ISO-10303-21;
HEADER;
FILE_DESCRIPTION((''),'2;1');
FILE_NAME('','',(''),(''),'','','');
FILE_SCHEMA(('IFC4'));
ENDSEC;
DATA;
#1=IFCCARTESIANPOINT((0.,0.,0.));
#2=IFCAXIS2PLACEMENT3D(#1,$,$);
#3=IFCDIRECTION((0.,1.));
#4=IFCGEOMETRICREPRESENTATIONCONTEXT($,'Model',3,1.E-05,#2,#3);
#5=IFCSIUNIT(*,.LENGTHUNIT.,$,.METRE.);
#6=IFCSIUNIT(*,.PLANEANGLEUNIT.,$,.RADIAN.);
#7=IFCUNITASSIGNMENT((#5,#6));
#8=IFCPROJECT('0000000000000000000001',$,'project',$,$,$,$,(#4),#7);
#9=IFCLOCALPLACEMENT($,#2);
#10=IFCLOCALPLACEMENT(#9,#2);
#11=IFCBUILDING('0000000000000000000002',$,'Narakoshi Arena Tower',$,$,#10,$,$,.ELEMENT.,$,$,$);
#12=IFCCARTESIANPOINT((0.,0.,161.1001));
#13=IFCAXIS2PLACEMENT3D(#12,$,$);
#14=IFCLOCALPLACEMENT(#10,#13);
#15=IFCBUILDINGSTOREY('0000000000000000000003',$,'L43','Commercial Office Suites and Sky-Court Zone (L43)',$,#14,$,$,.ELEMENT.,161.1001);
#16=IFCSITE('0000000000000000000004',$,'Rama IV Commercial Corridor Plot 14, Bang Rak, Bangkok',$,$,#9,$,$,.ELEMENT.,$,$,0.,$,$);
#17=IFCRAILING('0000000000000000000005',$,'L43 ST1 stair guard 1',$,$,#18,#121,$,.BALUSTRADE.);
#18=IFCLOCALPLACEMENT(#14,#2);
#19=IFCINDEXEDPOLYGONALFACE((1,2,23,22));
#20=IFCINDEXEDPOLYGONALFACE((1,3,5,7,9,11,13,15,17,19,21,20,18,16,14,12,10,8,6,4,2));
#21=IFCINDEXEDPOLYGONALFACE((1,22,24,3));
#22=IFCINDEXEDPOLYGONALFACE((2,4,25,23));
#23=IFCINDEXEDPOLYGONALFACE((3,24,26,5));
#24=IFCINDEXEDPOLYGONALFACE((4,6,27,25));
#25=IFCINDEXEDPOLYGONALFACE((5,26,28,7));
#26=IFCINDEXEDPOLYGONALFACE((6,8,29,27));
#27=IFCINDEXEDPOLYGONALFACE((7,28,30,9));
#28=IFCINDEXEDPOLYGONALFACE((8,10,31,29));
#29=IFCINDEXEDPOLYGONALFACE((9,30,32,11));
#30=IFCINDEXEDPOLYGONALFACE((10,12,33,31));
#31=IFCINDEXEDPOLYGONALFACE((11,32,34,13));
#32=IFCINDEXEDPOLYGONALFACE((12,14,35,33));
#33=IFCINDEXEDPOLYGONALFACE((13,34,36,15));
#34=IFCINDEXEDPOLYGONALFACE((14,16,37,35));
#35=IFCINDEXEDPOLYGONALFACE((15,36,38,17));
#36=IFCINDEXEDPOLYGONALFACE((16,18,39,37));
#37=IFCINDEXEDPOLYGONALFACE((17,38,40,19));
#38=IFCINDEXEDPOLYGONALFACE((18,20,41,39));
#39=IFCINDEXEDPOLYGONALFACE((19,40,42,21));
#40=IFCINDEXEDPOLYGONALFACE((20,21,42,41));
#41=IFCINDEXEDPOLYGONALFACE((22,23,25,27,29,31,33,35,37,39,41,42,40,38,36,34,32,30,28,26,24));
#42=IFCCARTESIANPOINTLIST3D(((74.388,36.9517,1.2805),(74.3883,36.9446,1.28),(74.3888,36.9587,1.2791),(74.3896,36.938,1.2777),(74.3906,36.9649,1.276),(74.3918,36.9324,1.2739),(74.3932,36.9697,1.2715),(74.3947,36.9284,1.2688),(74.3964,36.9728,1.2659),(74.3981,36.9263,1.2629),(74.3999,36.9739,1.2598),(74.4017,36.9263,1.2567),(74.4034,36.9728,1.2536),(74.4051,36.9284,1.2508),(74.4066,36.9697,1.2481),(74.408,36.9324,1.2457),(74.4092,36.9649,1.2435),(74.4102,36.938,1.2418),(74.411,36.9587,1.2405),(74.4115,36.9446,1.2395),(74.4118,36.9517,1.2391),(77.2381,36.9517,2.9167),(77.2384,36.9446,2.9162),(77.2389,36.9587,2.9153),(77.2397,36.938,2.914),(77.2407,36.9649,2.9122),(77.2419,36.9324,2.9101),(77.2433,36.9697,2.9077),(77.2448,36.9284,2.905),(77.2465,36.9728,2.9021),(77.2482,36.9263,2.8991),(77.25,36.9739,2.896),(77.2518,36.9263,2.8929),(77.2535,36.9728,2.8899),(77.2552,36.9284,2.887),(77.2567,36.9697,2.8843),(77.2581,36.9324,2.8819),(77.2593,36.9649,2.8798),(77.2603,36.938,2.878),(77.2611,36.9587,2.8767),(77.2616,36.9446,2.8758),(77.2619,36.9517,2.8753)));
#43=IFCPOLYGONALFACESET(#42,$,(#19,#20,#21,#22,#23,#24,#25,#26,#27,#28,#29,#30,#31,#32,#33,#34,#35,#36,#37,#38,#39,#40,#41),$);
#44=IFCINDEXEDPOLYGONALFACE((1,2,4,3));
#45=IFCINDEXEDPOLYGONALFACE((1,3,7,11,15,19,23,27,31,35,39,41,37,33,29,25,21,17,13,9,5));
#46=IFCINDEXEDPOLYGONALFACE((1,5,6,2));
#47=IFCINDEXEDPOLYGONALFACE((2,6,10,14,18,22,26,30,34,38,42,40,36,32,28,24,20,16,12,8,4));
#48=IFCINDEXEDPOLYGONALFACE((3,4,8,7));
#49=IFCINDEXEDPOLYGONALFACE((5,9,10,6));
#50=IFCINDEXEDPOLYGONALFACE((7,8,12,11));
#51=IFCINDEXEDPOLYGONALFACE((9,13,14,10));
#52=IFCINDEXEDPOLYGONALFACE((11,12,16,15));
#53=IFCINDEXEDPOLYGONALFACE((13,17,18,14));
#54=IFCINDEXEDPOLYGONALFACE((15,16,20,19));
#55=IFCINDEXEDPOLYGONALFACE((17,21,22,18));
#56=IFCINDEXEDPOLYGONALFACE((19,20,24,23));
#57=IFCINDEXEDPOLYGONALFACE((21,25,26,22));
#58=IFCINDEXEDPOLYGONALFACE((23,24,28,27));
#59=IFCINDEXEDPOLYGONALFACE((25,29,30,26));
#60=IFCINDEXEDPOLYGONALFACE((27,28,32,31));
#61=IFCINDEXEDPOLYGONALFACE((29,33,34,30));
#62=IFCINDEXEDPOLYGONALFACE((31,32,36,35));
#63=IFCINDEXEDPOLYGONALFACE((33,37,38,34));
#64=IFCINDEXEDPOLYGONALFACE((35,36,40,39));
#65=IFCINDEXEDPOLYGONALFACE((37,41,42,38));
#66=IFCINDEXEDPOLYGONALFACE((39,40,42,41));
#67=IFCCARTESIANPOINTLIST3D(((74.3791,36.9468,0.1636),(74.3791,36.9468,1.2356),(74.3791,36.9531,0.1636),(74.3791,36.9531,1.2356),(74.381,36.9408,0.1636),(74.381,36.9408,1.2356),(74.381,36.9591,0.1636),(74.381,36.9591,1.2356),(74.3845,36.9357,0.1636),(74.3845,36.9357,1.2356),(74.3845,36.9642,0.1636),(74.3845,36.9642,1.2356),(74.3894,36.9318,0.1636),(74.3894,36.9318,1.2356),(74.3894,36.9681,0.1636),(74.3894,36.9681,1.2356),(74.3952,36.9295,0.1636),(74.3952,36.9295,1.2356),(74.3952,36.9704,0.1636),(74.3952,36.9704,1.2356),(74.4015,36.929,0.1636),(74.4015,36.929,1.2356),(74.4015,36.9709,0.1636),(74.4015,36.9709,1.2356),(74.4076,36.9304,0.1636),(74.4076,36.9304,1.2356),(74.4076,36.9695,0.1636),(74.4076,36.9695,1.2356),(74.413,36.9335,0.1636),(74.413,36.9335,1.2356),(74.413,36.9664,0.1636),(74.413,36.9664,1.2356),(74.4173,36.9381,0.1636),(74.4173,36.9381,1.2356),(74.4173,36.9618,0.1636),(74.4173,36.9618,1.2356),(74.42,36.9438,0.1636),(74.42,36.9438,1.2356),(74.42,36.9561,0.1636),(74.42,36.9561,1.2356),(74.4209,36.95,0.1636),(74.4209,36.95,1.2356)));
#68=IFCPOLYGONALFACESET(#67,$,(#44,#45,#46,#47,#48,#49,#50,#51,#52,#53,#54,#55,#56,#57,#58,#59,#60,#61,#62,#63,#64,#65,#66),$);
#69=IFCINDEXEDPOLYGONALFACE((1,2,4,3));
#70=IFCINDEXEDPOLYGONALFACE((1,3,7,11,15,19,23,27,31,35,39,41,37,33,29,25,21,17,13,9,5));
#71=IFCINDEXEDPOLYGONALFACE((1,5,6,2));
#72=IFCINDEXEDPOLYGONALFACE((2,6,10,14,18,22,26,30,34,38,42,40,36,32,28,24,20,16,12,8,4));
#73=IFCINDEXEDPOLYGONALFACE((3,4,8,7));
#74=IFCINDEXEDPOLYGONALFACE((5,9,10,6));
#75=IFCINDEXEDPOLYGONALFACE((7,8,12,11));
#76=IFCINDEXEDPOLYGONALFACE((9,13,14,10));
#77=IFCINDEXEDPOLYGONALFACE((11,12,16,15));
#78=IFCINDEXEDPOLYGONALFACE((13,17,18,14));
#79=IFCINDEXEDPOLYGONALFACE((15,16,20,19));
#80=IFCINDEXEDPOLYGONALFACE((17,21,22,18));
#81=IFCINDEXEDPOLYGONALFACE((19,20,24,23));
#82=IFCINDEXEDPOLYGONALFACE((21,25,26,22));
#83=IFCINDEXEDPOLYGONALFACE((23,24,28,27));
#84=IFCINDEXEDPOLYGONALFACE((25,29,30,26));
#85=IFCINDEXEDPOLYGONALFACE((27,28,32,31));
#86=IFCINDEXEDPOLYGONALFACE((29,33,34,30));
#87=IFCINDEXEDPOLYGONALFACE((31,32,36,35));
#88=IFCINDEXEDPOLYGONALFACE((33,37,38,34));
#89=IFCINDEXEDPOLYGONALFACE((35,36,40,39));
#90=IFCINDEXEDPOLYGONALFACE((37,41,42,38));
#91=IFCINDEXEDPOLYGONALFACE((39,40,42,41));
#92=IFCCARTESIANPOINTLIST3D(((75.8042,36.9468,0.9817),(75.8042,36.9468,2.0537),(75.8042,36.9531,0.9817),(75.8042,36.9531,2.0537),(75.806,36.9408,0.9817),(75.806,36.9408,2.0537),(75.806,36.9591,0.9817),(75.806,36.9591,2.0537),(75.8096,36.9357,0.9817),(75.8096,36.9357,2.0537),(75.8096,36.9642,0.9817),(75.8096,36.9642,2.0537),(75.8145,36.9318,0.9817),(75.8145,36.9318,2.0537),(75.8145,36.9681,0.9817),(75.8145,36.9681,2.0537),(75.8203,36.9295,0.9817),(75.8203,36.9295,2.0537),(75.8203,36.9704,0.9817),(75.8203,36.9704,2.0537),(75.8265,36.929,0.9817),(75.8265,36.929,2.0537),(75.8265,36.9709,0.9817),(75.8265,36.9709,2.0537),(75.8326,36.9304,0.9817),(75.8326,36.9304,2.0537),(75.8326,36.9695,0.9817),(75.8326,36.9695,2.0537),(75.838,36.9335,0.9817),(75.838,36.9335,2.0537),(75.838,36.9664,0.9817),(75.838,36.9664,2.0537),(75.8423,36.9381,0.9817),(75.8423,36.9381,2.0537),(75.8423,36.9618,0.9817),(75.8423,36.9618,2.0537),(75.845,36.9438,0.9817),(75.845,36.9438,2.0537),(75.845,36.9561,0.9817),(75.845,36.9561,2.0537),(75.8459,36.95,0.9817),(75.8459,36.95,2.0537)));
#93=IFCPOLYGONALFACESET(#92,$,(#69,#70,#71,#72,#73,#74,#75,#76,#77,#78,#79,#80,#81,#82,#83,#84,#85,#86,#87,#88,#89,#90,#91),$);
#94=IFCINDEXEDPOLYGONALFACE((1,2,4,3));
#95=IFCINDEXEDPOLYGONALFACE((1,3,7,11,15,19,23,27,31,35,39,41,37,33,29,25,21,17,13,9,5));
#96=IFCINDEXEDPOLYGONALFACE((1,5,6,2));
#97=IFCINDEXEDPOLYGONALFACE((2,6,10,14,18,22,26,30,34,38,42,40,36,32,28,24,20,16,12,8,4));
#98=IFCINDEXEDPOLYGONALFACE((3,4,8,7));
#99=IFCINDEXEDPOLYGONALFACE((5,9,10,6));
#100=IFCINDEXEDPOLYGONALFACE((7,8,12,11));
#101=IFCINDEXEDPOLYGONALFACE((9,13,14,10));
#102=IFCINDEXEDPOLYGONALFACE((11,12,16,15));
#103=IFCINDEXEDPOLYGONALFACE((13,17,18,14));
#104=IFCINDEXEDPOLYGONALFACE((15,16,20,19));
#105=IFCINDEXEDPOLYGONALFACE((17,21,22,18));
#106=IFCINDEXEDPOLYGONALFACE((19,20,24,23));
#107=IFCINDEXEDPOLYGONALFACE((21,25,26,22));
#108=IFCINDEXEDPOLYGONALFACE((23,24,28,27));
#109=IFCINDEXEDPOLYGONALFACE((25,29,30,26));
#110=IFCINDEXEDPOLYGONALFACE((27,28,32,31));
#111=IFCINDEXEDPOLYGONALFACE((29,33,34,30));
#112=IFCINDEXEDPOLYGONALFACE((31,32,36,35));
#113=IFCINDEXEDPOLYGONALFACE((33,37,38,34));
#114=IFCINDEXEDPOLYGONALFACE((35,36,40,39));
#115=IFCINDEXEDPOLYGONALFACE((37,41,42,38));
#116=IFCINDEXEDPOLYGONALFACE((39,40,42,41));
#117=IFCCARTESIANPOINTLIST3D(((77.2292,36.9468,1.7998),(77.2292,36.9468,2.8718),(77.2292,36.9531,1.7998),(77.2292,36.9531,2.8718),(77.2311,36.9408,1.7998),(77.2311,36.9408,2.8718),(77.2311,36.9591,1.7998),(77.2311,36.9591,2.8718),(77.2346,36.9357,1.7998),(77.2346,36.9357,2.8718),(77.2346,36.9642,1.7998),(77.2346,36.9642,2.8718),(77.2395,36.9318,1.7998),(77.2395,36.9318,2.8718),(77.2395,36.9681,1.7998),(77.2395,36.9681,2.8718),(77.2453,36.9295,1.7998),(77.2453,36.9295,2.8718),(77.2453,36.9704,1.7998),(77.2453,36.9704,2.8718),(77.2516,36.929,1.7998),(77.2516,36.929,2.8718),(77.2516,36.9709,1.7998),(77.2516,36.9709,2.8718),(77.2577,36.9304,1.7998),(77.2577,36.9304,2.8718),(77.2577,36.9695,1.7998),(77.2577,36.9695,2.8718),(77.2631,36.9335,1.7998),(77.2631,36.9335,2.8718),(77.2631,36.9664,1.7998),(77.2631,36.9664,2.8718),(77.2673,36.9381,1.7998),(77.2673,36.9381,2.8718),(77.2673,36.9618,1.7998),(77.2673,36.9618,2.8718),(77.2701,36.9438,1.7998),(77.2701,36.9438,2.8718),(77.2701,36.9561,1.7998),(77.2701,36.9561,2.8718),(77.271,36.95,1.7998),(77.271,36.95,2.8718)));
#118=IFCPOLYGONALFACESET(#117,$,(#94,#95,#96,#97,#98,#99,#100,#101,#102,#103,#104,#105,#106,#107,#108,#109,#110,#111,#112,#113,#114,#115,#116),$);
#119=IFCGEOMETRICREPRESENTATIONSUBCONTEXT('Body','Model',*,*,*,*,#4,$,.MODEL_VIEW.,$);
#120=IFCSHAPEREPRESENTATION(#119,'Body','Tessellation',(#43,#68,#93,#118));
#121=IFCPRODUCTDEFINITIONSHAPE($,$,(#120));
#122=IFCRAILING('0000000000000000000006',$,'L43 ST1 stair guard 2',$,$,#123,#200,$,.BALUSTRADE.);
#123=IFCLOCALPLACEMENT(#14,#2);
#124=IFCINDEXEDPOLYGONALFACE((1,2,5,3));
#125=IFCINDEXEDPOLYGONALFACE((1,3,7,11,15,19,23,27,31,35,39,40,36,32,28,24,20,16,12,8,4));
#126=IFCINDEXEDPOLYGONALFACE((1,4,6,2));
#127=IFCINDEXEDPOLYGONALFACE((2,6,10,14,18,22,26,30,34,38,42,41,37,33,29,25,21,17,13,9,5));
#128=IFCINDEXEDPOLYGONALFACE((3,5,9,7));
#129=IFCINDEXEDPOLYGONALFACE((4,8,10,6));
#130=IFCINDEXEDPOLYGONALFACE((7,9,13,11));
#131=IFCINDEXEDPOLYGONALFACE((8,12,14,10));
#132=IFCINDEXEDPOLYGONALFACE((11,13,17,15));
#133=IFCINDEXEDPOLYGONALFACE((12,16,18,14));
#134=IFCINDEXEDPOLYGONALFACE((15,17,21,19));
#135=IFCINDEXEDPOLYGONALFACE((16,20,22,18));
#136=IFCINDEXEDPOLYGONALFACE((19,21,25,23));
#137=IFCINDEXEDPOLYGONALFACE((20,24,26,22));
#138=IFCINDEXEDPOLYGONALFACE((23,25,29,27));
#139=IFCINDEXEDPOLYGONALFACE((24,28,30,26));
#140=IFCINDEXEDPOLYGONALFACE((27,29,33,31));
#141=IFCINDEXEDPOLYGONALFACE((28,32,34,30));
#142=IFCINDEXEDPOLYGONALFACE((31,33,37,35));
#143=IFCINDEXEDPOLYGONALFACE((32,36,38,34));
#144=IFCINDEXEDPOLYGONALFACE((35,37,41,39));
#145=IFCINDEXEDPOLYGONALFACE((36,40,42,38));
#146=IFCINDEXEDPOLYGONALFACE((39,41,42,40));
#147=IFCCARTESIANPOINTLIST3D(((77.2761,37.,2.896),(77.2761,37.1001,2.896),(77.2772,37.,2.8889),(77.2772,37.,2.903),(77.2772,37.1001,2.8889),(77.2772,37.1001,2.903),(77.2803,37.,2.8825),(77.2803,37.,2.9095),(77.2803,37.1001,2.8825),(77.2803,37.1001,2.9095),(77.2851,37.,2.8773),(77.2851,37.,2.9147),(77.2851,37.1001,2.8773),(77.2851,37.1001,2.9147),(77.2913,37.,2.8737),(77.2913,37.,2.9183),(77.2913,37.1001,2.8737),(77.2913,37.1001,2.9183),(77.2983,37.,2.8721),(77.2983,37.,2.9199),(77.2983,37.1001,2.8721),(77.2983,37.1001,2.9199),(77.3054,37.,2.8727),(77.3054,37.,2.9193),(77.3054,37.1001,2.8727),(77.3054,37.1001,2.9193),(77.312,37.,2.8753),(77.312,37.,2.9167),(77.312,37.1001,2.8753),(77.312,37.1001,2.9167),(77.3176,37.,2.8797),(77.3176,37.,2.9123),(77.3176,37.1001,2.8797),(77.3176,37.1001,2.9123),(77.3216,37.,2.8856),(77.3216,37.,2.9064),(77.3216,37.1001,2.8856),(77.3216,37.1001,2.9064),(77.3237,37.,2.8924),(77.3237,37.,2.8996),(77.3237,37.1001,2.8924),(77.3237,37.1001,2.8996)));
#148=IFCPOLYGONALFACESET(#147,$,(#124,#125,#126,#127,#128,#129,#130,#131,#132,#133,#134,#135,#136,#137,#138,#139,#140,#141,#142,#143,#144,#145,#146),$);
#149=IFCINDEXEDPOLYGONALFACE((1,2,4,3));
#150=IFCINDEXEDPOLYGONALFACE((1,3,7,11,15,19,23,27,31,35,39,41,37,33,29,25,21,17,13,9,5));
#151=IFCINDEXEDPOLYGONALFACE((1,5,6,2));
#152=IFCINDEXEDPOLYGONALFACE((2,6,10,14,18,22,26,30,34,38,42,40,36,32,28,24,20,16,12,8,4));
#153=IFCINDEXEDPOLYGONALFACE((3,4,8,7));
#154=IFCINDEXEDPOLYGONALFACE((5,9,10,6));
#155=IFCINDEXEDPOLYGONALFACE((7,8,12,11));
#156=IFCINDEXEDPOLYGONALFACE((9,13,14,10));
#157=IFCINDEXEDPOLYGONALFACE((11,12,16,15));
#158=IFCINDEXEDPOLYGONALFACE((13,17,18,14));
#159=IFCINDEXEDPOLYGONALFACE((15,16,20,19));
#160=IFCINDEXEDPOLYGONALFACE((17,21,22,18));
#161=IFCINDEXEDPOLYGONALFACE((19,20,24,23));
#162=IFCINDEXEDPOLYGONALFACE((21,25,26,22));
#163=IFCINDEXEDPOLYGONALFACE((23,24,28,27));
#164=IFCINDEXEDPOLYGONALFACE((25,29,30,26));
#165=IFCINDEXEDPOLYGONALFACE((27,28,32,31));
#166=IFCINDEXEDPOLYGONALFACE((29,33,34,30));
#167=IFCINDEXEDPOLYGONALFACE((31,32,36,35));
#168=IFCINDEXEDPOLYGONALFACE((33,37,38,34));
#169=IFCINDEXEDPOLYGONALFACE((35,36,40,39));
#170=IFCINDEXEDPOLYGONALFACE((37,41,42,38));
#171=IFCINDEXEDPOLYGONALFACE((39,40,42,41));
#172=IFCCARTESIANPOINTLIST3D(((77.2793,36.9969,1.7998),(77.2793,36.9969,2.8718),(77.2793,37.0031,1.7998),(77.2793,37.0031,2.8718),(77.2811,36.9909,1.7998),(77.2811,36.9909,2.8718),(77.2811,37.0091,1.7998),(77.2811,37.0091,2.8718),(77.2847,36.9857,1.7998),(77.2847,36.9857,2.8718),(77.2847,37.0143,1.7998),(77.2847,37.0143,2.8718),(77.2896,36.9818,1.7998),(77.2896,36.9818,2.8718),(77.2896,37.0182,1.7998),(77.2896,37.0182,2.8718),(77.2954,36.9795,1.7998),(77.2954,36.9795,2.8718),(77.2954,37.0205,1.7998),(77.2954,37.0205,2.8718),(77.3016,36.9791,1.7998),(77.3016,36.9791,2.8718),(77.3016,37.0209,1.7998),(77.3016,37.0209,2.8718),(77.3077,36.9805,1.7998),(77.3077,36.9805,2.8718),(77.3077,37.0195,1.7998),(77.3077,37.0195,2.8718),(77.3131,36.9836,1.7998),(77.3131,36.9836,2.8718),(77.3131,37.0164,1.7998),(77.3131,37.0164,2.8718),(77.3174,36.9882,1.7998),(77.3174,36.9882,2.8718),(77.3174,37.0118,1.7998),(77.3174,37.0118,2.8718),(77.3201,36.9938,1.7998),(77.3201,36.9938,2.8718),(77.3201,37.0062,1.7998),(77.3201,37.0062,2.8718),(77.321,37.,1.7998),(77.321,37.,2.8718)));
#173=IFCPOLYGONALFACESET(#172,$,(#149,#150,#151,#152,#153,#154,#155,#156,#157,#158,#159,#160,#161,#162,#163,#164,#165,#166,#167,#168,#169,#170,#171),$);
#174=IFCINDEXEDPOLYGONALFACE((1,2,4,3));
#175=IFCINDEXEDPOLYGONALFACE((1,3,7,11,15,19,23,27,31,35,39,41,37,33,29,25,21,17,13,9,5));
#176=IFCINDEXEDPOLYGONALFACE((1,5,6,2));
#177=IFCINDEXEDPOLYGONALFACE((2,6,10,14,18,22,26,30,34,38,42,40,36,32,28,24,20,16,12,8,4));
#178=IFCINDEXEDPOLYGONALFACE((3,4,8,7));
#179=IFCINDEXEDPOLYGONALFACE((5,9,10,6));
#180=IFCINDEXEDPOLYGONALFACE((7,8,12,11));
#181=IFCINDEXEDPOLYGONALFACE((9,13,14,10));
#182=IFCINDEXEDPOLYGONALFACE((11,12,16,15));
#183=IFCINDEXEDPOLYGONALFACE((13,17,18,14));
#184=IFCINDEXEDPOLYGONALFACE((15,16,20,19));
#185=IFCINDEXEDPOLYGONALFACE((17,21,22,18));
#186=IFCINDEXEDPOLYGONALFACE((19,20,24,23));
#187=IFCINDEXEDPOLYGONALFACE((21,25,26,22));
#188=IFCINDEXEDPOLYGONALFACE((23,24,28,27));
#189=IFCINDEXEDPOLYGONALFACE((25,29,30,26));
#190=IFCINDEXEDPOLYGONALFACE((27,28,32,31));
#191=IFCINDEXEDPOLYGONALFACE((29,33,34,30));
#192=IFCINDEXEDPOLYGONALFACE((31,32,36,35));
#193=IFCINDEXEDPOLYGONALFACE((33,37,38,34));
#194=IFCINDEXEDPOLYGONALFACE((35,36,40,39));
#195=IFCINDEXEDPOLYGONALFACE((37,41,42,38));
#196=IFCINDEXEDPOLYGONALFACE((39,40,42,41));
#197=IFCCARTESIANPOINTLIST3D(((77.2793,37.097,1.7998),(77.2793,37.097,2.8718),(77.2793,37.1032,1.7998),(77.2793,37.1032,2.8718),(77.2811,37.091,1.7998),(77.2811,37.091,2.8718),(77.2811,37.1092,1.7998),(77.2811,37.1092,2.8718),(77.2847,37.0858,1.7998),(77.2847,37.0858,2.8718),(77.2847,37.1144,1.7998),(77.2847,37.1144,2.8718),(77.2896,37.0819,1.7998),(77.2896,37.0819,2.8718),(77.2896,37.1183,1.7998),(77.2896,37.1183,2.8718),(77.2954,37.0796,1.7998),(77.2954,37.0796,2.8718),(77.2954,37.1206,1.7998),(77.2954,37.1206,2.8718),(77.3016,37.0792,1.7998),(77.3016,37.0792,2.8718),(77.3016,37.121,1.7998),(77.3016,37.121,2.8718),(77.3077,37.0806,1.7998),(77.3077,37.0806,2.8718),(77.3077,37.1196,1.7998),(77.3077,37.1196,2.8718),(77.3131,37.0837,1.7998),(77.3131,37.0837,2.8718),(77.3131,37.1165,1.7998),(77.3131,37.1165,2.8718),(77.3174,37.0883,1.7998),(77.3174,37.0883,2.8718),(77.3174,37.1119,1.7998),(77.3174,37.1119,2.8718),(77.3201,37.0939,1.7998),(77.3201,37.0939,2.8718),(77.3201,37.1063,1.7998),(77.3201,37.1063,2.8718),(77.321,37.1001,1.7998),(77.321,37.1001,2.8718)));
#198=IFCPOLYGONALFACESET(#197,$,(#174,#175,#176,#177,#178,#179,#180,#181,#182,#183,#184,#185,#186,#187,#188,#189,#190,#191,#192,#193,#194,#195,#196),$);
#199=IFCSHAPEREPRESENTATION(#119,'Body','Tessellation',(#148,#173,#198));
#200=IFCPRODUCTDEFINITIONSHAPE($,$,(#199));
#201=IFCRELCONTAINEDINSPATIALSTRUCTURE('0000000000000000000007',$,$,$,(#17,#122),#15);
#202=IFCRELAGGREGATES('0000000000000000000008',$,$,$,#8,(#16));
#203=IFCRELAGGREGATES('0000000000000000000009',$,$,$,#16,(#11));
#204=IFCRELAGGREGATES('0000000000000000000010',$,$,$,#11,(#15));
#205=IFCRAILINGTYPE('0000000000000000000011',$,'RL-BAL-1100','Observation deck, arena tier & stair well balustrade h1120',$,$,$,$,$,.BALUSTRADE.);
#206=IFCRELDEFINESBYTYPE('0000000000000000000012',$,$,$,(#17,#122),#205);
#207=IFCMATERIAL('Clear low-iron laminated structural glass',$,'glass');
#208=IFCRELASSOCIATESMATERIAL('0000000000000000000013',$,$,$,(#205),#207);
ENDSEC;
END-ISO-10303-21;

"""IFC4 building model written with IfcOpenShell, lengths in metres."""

from ifc_helpers import new_model, si_unit, direction, frame, origin, origin_2d, place, context, subcontext, project, spatial, circle, extrude, material, type_object, element, save


model = new_model("IFC4")

# Units and contexts
model_context = context("Model", 3, precision=1e-05, world=origin(), true_north=direction((0.0, 1.0)))
body_context = subcontext(model_context, "Body", "Model", "MODEL_VIEW")
ifc_project = project(units=[si_unit("LENGTHUNIT", "METRE"), si_unit("PLANEANGLEUNIT", "RADIAN")], contexts=[model_context])

# Site, building, storey
site_placement = place(None, origin())
site = spatial("IfcSite", under=ifc_project, at=site_placement, Name="Rama IV Commercial Corridor Plot 14, Bang Rak, Bangkok", CompositionType="ELEMENT", RefElevation=0.0)
building_placement = place(site_placement, origin())
building = spatial("IfcBuilding", under=site, at=building_placement, Name="Narakoshi Arena Tower", CompositionType="ELEMENT")
storey_placement = place(building_placement, frame((0.0, 0.0, 161.1001)))
storey = spatial("IfcBuildingStorey", under=building, at=storey_placement, Name="L43", Description="Commercial Office Suites and Sky-Court Zone (L43)", CompositionType="ELEMENT", Elevation=161.1001)

# Railings
ifc_material_1 = material(Name="Clear low-iron laminated structural glass", Category="glass")
railing_type_1 = type_object("IfcRailingType", Name="RL-BAL-1100", Description="Observation deck, arena tier & stair well balustrade h1120", PredefinedType="BALUSTRADE", material=ifc_material_1)
railing_1_placement = place(storey_placement, frame((74.3999, 36.95, 0.1636)))
element("IfcRailing", 1, at=railing_1_placement, inside=storey, type_object=railing_type_1, Name="L43 ST1 stair guard 1", PredefinedType="BALUSTRADE", context=body_context, shape_type="SweptSolid", body=[
    extrude(circle(Radius=0.0239, at=origin_2d()), frame((0.0, 0.0, 1.0962), z_axis=(0.867245, 0.0, 0.497882), x_axis=(0.0, 1.0, 0.0)), (0.0, 0.0, 1.0), 3.2864),
    extrude(circle(Radius=0.021, at=origin_2d()), origin(), (0.0, 0.0, 1.0), 1.072),
    extrude(circle(Radius=0.021, at=origin_2d()), frame((1.425, 0.0, 0.8181)), (0.0, 0.0, 1.0), 1.072),
    extrude(circle(Radius=0.021, at=origin_2d()), frame((2.8501, 0.0, 1.6362)), (0.0, 0.0, 1.0), 1.072),
])
railing_2_placement = place(storey_placement, frame((77.3, 37.0, 1.7998)))
element("IfcRailing", 2, at=railing_2_placement, inside=storey, type_object=railing_type_1, Name="L43 ST1 stair guard 2", PredefinedType="BALUSTRADE", context=body_context, shape_type="SweptSolid", body=[
    extrude(circle(Radius=0.0239, at=origin_2d()), frame((0.0, 0.0, 1.0962), z_axis=(0.0, 1.0, 0.0), x_axis=(-1.0, 0.0, 0.0)), (0.0, 0.0, 1.0), 0.1001),
    extrude(circle(Radius=0.021, at=origin_2d()), origin(), (0.0, 0.0, 1.0), 1.072),
    extrude(circle(Radius=0.021, at=origin_2d()), frame((0.0, 0.1001, 0.0)), (0.0, 0.0, 1.0), 1.072),
])

save(model, "model.ifc")
